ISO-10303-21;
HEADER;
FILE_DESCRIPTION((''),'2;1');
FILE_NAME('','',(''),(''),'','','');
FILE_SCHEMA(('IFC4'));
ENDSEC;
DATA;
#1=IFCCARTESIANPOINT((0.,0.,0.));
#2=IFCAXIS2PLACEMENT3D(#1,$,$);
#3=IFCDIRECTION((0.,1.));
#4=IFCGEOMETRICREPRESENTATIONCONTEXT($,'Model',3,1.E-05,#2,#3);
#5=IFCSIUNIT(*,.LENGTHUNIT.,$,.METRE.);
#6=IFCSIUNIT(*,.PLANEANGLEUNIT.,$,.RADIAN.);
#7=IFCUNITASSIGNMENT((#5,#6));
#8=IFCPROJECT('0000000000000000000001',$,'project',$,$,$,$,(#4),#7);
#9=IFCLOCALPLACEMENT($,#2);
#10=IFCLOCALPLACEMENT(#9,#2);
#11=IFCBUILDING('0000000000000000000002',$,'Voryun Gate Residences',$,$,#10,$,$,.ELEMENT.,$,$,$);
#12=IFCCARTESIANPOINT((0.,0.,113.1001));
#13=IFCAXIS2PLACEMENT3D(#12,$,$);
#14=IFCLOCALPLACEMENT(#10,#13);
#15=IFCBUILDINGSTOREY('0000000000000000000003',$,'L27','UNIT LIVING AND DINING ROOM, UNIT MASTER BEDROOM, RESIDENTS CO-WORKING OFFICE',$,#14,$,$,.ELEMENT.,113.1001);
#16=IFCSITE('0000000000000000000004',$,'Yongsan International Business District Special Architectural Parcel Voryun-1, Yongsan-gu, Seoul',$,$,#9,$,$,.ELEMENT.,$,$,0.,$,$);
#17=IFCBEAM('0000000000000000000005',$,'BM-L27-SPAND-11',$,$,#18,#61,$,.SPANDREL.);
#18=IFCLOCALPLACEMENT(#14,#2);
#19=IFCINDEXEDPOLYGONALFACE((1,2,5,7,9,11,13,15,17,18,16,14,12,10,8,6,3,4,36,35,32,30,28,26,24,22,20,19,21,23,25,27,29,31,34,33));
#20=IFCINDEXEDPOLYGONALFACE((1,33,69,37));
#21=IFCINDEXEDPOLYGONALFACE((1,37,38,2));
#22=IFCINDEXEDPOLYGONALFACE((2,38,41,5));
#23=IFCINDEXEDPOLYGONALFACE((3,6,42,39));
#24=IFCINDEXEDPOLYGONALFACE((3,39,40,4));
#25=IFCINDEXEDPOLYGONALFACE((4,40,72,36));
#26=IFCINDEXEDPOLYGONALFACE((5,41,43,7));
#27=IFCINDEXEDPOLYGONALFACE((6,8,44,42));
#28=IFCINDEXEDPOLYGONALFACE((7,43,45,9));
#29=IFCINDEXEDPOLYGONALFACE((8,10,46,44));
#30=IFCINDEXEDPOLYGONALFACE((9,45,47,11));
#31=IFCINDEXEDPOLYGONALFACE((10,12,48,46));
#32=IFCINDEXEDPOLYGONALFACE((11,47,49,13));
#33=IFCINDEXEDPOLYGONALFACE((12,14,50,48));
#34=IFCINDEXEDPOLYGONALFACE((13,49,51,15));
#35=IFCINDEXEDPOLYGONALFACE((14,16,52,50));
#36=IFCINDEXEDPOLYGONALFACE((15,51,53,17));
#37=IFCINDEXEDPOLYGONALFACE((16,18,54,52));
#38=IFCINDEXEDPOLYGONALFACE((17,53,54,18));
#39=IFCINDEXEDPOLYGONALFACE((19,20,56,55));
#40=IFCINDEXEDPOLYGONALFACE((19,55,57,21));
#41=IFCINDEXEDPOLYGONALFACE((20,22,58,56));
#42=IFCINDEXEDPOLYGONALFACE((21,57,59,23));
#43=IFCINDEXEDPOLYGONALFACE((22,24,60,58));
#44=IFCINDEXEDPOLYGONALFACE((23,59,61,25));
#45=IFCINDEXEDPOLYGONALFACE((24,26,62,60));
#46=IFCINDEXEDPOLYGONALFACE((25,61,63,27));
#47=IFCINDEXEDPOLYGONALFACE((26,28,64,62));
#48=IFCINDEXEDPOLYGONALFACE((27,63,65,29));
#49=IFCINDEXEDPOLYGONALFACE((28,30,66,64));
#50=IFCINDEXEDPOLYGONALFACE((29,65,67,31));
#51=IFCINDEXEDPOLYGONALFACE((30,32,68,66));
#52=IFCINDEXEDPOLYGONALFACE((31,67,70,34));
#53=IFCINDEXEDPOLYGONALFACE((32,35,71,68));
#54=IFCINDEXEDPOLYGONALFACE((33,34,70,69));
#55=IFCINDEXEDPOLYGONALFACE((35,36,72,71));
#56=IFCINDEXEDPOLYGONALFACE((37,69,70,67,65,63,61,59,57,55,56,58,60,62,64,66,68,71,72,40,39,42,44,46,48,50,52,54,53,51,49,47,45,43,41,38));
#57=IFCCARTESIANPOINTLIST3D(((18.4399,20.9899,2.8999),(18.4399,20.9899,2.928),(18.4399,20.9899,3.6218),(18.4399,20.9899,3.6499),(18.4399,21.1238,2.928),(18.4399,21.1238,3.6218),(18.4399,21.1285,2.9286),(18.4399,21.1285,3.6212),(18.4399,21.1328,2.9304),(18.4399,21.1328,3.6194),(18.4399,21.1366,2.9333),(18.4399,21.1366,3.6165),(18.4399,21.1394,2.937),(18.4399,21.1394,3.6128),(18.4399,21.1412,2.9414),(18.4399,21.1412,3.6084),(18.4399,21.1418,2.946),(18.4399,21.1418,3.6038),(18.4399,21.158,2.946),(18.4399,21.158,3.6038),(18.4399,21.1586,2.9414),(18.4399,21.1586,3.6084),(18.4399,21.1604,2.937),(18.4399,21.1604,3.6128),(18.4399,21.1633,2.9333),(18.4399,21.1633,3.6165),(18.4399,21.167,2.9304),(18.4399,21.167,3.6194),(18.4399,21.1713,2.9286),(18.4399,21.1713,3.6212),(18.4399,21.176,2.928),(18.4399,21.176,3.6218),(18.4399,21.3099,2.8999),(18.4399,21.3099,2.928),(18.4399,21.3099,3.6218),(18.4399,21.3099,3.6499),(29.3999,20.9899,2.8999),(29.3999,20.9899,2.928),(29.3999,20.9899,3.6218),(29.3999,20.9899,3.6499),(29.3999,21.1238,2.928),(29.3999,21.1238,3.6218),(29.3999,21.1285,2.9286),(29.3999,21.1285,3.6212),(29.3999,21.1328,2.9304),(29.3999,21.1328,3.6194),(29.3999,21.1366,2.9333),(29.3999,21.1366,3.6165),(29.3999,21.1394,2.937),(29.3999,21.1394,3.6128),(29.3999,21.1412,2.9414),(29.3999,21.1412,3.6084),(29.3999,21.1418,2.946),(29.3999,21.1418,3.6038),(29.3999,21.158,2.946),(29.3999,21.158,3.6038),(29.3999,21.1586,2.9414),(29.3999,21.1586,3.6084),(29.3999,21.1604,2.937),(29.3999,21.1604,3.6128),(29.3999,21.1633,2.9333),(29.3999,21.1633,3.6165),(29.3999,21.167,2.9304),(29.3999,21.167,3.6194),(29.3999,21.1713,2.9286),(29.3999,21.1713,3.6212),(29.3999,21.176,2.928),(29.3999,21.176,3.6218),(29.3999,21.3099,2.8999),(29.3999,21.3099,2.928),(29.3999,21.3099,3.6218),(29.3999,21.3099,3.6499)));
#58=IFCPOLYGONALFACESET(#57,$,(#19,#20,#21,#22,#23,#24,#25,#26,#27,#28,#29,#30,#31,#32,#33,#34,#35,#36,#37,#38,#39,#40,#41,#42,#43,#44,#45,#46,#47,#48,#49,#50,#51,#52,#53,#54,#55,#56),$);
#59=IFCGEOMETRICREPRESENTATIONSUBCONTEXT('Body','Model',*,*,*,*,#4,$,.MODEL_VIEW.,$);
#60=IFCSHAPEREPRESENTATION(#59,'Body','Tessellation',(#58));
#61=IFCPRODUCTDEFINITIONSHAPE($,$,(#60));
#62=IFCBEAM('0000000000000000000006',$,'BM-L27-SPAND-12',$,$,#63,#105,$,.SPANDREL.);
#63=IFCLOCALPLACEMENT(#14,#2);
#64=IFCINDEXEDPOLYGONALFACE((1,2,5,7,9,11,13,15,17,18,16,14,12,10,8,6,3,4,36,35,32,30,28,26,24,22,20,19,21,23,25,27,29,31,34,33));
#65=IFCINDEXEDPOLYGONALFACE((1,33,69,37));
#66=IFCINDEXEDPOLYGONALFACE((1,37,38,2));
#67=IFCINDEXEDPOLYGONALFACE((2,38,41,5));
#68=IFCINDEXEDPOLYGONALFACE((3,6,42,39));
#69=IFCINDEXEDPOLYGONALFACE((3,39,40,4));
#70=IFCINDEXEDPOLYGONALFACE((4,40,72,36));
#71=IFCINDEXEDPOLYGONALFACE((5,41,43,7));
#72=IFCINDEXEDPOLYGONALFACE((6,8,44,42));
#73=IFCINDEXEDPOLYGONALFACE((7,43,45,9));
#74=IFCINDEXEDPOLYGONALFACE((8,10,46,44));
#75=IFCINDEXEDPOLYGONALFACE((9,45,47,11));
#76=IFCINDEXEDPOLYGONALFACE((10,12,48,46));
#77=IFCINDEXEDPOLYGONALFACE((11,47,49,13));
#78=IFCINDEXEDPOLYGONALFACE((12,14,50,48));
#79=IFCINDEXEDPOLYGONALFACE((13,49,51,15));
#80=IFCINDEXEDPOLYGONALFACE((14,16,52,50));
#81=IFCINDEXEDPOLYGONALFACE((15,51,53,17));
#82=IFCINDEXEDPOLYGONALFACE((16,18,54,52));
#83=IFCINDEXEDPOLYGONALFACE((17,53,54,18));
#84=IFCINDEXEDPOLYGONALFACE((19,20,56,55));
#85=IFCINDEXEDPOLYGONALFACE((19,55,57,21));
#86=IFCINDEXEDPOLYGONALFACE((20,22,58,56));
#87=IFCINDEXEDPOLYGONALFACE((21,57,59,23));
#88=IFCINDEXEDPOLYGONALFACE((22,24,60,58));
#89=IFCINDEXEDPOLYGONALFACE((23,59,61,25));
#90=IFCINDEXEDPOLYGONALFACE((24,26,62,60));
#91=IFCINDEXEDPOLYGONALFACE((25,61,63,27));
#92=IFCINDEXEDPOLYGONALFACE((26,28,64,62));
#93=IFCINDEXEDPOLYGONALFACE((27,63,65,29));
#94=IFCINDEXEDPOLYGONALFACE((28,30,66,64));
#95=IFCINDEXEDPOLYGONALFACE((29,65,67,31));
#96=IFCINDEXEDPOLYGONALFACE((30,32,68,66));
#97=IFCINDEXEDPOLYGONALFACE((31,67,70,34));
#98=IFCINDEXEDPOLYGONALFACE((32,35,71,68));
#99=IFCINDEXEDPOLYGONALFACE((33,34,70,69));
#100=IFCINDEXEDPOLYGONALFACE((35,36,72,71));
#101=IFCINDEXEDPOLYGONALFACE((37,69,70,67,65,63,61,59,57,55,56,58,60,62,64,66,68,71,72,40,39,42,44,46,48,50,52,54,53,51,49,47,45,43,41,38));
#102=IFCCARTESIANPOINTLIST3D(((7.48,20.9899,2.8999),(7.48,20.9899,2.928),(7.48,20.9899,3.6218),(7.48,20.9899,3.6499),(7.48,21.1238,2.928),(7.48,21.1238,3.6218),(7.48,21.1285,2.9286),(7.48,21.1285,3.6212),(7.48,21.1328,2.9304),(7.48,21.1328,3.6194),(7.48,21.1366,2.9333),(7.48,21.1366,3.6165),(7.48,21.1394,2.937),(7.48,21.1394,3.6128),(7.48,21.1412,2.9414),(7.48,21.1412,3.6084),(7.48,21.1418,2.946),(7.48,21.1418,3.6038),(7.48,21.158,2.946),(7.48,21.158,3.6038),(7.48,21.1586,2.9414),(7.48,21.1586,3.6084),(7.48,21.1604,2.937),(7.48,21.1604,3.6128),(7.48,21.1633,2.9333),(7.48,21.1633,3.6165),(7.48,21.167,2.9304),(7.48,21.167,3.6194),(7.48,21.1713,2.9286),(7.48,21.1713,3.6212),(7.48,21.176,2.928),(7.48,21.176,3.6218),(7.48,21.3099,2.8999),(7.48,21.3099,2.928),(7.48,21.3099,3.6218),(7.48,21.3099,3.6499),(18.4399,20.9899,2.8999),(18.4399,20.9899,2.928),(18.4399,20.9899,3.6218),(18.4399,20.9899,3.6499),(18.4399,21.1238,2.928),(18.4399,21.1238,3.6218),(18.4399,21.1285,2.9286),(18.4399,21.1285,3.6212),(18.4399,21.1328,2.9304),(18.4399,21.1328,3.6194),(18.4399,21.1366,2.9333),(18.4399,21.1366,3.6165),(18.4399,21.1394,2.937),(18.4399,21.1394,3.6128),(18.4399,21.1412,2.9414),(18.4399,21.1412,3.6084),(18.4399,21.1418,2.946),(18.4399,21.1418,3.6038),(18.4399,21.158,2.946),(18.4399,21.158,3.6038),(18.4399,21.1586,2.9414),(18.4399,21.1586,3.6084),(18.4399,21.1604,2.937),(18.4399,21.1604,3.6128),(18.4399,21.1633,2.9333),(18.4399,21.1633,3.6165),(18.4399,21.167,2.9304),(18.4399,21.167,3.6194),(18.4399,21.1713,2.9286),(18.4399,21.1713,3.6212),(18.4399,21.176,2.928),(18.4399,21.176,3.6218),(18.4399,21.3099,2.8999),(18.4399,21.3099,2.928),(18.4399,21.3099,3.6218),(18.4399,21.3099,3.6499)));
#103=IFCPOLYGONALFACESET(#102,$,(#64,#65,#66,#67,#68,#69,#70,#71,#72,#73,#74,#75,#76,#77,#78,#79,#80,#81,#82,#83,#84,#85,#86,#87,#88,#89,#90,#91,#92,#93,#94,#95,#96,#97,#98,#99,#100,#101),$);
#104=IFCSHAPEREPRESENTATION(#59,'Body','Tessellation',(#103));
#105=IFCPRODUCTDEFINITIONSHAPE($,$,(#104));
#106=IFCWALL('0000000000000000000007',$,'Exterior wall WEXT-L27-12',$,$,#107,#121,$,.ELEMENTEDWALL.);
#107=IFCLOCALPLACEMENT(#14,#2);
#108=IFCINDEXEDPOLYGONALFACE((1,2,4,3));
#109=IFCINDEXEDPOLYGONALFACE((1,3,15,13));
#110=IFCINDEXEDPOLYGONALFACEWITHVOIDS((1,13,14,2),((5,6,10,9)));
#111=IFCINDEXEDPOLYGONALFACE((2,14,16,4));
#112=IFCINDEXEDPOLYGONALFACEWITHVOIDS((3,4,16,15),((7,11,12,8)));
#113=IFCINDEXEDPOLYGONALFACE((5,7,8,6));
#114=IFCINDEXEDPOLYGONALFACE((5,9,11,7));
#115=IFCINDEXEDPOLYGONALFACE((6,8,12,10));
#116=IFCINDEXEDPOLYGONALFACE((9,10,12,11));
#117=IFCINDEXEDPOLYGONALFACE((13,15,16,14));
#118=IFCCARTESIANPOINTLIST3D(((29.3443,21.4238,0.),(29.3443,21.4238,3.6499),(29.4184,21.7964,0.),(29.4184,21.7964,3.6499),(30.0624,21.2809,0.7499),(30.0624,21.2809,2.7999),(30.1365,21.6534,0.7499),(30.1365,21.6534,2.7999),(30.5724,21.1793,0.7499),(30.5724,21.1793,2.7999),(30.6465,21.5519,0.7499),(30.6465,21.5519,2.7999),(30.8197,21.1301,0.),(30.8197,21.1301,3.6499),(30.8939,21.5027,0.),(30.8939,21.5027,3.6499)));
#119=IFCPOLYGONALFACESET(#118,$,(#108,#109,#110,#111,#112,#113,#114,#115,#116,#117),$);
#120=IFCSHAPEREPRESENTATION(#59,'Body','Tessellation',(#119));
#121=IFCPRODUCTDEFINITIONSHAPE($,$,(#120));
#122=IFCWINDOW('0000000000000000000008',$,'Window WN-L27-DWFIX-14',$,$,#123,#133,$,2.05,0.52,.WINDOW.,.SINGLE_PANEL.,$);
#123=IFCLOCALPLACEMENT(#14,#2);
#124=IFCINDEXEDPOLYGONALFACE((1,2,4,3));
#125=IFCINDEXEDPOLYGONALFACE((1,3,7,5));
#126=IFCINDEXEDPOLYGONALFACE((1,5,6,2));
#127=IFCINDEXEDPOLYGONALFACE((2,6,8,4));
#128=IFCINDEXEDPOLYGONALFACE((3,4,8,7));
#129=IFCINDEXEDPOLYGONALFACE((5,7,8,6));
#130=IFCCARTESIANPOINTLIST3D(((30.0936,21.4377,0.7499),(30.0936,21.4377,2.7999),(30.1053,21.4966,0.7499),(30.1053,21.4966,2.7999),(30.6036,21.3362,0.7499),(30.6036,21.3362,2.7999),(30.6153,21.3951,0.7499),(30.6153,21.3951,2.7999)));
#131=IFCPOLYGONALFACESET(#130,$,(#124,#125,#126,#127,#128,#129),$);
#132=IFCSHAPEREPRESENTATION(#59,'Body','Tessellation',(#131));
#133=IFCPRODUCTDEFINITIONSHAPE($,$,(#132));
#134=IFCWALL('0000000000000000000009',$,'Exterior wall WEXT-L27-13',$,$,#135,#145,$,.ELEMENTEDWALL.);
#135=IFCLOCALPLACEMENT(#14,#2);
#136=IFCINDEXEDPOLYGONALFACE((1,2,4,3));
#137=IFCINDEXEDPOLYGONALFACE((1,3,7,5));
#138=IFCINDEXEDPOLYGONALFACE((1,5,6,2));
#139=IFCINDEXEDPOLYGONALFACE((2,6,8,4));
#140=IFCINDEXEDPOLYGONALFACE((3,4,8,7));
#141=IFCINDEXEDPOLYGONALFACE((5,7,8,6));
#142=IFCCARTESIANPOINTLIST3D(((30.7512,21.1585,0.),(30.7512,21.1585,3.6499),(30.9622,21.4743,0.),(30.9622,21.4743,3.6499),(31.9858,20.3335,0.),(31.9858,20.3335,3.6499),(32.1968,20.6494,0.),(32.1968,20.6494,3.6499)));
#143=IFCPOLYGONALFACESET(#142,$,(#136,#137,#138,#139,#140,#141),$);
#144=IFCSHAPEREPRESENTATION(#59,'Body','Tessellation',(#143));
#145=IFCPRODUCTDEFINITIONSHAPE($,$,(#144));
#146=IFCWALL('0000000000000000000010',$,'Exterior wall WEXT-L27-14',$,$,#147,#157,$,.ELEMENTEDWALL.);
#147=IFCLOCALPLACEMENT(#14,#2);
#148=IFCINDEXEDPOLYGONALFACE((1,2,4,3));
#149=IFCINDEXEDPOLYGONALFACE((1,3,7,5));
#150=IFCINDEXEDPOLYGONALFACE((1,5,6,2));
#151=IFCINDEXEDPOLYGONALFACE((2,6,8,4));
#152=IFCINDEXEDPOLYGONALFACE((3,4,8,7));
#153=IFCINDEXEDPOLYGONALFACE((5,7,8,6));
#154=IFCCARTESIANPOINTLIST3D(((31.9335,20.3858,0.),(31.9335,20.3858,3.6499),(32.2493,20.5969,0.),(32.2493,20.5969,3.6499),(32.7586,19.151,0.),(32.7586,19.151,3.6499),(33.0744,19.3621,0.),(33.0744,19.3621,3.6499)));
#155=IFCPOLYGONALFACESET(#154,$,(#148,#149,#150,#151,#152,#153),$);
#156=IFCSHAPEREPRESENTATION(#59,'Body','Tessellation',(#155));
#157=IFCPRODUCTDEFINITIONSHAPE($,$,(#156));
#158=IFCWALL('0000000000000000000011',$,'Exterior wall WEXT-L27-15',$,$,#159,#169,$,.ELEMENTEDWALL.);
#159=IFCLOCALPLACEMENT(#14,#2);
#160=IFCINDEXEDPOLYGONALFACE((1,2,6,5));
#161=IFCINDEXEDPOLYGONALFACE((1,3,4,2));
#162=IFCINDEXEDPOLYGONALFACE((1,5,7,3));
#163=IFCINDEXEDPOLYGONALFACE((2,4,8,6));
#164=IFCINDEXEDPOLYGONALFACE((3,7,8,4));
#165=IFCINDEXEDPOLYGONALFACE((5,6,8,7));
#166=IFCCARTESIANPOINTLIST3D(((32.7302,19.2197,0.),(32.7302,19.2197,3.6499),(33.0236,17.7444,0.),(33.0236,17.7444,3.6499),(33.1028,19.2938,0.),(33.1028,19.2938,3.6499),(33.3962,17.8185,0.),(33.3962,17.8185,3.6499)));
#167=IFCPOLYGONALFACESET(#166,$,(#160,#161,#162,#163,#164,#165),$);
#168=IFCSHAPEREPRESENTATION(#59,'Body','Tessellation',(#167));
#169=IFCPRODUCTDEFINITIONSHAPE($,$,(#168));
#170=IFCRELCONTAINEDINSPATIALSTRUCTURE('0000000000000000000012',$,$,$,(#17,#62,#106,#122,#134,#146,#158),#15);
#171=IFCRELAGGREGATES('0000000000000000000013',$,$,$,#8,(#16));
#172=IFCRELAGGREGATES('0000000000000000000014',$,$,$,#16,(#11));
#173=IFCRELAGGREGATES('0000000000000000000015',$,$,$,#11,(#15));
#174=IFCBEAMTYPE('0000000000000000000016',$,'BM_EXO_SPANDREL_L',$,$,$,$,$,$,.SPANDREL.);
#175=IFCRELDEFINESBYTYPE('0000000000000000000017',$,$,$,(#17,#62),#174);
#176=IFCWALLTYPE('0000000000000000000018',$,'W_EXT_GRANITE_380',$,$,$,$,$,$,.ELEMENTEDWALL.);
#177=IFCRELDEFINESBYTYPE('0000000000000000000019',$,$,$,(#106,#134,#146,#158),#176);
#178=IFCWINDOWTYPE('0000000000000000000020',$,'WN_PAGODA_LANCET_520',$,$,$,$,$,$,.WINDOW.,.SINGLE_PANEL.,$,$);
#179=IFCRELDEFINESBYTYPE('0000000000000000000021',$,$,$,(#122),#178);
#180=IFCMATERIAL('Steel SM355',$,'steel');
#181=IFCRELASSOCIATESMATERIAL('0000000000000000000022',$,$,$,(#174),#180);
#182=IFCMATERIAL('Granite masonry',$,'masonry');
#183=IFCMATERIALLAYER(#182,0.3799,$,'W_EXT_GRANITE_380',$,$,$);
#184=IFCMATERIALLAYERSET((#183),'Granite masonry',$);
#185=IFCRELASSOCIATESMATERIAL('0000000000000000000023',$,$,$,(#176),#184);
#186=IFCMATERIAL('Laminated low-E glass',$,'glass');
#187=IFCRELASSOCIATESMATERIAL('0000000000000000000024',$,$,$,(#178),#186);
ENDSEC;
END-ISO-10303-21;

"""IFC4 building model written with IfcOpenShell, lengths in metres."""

from ifc_helpers import new_model, si_unit, direction, frame, frame_2d, origin, origin_2d, place, context, subcontext, project, spatial, rectangle, i_section, extrude, material, layer, layer_set, material_profile, profile_set, type_object, element, fill, save


model = new_model("IFC4")

# Units and contexts
model_context = context("Model", 3, precision=1e-05, world=origin(), true_north=direction((0.0, 1.0)))
body_context = subcontext(model_context, "Body", "Model", "MODEL_VIEW")
ifc_project = project(units=[si_unit("LENGTHUNIT", "METRE"), si_unit("PLANEANGLEUNIT", "RADIAN")], contexts=[model_context])

# Site, building, storey
site_placement = place(None, origin())
site = spatial("IfcSite", under=ifc_project, at=site_placement, Name="Yongsan International Business District Special Architectural Parcel Voryun-1, Yongsan-gu, Seoul", CompositionType="ELEMENT", RefElevation=0.0)
building_placement = place(site_placement, origin())
building = spatial("IfcBuilding", under=site, at=building_placement, Name="Voryun Gate Residences", CompositionType="ELEMENT")
storey_placement = place(building_placement, frame((0.0, 0.0, 113.1001)))
storey = spatial("IfcBuildingStorey", under=building, at=storey_placement, Name="L27", Description="UNIT LIVING AND DINING ROOM, UNIT MASTER BEDROOM, RESIDENTS CO-WORKING OFFICE", CompositionType="ELEMENT", Elevation=113.1001)

# Beams
ifc_material_1 = material(Name="Steel SM355", Category="steel")
ifc_material_profile_1 = material_profile(ifc_material_1, i_section(OverallWidth=0.3201, OverallDepth=0.75, WebThickness=0.0161, FlangeThickness=0.0281, FilletRadius=0.0181, at=origin_2d()), Name="H-750x320x16x28")
ifc_profile_set_1 = profile_set([ifc_material_profile_1], Name="Steel SM355")
beam_type = type_object("IfcBeamType", Name="BM_EXO_SPANDREL_L", PredefinedType="SPANDREL", material=ifc_profile_set_1)
for number, where, z_axis, x_axis, name in (
    (1, (29.3999, 21.1499, 3.2749), (-1.0, 0.0, 0.0), (0.0, -1.0, 0.0), "BM-L27-SPAND-11"),
    (2, (18.4399, 21.1499, 3.2749), (-1.0, 0.0, 0.0), (0.0, -1.0, 0.0), "BM-L27-SPAND-12"),
):
    element("IfcBeam", number, at=place(storey_placement, frame(where, z_axis=z_axis, x_axis=x_axis)), inside=storey, type_object=beam_type, Name=name, PredefinedType="SPANDREL", context=body_context, shape_type="SweptSolid", body=[
        extrude(i_section(OverallWidth=0.3201, OverallDepth=0.75, WebThickness=0.0161, FlangeThickness=0.0281, FilletRadius=0.0181, at=origin_2d()), origin(), (0.0, 0.0, 1.0), 10.96),
    ])

# Wall, opening, window
ifc_material_2 = material(Name="Granite masonry", Category="masonry")
ifc_layer_1 = layer(ifc_material_2, 0.3799, Name="W_EXT_GRANITE_380")
ifc_layer_set_1 = layer_set([ifc_layer_1], Name="Granite masonry")
wall_type_1 = type_object("IfcWallType", Name="W_EXT_GRANITE_380", PredefinedType="ELEMENTEDWALL", material=ifc_layer_set_1)
wall_1_placement = place(storey_placement, frame((29.3813, 21.6101, 0.0), z_axis=(0.0, 0.0, 1.0), x_axis=(0.980755, -0.195242, 0.0)))
wall_1 = element("IfcWall", 3, at=wall_1_placement, inside=storey, type_object=wall_type_1, Name="Exterior wall WEXT-L27-12", PredefinedType="ELEMENTEDWALL", context=body_context, shape_type="SweptSolid", body=[
    extrude(rectangle(XDim=1.5044, YDim=0.3799, at=frame_2d((0.7522, 0.0))), origin(), (0.0, 0.0, 1.0), 3.6499),
])
opening_1_placement = place(wall_1_placement, frame((0.7322, 0.0, 0.75)))
opening_1 = element("IfcOpeningElement", 4, at=opening_1_placement, cuts=wall_1, PredefinedType="OPENING", context=body_context, shape_type="SweptSolid", body=[
    extrude(rectangle(XDim=0.52, YDim=2.05, at=frame_2d((0.26, 1.0249))), frame((0.0, 0.2, 0.0), z_axis=(0.0, -1.0, 0.0), x_axis=(1.0, 0.0, 0.0)), (0.0, 0.0, 1.0), 0.3999),
])
ifc_material_3 = material(Name="Laminated low-E glass", Category="glass")
window_type_1 = type_object("IfcWindowType", Name="WN_PAGODA_LANCET_520", PartitioningType="SINGLE_PANEL", PredefinedType="WINDOW", material=ifc_material_3)
window_1_placement = place(opening_1_placement, origin())
window_1 = element("IfcWindow", 5, at=window_1_placement, inside=storey, type_object=window_type_1, Name="Window WN-L27-DWFIX-14", OverallHeight=2.05, OverallWidth=0.52, PartitioningType="SINGLE_PANEL", PredefinedType="WINDOW", context=body_context, shape_type="SweptSolid", body=[
    extrude(rectangle(XDim=0.52, YDim=2.05, at=frame_2d((0.26, 1.0249))), frame((0.0, 0.03, 0.0), z_axis=(0.0, -1.0, 0.0), x_axis=(1.0, 0.0, 0.0)), (0.0, 0.0, 1.0), 0.0601),
])
fill(opening_1, window_1)

# Walls
wall_2_placement = place(storey_placement, frame((30.8567, 21.3164, 0.0), z_axis=(0.0, 0.0, 1.0), x_axis=(0.831468, -0.555573, 0.0)))
element("IfcWall", 6, at=wall_2_placement, inside=storey, type_object=wall_type_1, Name="Exterior wall WEXT-L27-13", PredefinedType="ELEMENTEDWALL", context=body_context, shape_type="SweptSolid", body=[
    extrude(rectangle(XDim=1.4849, YDim=0.3799, at=frame_2d((0.7424, 0.0))), origin(), (0.0, 0.0, 1.0), 3.6499),
])
wall_3_placement = place(storey_placement, frame((32.0913, 20.4915, 0.0), z_axis=(0.0, 0.0, 1.0), x_axis=(0.55561, -0.831443, 0.0)))
element("IfcWall", 7, at=wall_3_placement, inside=storey, type_object=wall_type_1, Name="Exterior wall WEXT-L27-14", PredefinedType="ELEMENTEDWALL", context=body_context, shape_type="SweptSolid", body=[
    extrude(rectangle(XDim=1.4851, YDim=0.3799, at=frame_2d((0.7427, 0.0))), origin(), (0.0, 0.0, 1.0), 3.6499),
])
wall_4_placement = place(storey_placement, frame((32.9165, 19.2566, 0.0), z_axis=(0.0, 0.0, 1.0), x_axis=(0.195086, -0.980786, 0.0)))
element("IfcWall", 8, at=wall_4_placement, inside=storey, type_object=wall_type_1, Name="Exterior wall WEXT-L27-15", PredefinedType="ELEMENTEDWALL", context=body_context, shape_type="SweptSolid", body=[
    extrude(rectangle(XDim=1.5042, YDim=0.3799, at=frame_2d((0.752, 0.0))), origin(), (0.0, 0.0, 1.0), 3.6499),
])

save(model, "model.ifc")
